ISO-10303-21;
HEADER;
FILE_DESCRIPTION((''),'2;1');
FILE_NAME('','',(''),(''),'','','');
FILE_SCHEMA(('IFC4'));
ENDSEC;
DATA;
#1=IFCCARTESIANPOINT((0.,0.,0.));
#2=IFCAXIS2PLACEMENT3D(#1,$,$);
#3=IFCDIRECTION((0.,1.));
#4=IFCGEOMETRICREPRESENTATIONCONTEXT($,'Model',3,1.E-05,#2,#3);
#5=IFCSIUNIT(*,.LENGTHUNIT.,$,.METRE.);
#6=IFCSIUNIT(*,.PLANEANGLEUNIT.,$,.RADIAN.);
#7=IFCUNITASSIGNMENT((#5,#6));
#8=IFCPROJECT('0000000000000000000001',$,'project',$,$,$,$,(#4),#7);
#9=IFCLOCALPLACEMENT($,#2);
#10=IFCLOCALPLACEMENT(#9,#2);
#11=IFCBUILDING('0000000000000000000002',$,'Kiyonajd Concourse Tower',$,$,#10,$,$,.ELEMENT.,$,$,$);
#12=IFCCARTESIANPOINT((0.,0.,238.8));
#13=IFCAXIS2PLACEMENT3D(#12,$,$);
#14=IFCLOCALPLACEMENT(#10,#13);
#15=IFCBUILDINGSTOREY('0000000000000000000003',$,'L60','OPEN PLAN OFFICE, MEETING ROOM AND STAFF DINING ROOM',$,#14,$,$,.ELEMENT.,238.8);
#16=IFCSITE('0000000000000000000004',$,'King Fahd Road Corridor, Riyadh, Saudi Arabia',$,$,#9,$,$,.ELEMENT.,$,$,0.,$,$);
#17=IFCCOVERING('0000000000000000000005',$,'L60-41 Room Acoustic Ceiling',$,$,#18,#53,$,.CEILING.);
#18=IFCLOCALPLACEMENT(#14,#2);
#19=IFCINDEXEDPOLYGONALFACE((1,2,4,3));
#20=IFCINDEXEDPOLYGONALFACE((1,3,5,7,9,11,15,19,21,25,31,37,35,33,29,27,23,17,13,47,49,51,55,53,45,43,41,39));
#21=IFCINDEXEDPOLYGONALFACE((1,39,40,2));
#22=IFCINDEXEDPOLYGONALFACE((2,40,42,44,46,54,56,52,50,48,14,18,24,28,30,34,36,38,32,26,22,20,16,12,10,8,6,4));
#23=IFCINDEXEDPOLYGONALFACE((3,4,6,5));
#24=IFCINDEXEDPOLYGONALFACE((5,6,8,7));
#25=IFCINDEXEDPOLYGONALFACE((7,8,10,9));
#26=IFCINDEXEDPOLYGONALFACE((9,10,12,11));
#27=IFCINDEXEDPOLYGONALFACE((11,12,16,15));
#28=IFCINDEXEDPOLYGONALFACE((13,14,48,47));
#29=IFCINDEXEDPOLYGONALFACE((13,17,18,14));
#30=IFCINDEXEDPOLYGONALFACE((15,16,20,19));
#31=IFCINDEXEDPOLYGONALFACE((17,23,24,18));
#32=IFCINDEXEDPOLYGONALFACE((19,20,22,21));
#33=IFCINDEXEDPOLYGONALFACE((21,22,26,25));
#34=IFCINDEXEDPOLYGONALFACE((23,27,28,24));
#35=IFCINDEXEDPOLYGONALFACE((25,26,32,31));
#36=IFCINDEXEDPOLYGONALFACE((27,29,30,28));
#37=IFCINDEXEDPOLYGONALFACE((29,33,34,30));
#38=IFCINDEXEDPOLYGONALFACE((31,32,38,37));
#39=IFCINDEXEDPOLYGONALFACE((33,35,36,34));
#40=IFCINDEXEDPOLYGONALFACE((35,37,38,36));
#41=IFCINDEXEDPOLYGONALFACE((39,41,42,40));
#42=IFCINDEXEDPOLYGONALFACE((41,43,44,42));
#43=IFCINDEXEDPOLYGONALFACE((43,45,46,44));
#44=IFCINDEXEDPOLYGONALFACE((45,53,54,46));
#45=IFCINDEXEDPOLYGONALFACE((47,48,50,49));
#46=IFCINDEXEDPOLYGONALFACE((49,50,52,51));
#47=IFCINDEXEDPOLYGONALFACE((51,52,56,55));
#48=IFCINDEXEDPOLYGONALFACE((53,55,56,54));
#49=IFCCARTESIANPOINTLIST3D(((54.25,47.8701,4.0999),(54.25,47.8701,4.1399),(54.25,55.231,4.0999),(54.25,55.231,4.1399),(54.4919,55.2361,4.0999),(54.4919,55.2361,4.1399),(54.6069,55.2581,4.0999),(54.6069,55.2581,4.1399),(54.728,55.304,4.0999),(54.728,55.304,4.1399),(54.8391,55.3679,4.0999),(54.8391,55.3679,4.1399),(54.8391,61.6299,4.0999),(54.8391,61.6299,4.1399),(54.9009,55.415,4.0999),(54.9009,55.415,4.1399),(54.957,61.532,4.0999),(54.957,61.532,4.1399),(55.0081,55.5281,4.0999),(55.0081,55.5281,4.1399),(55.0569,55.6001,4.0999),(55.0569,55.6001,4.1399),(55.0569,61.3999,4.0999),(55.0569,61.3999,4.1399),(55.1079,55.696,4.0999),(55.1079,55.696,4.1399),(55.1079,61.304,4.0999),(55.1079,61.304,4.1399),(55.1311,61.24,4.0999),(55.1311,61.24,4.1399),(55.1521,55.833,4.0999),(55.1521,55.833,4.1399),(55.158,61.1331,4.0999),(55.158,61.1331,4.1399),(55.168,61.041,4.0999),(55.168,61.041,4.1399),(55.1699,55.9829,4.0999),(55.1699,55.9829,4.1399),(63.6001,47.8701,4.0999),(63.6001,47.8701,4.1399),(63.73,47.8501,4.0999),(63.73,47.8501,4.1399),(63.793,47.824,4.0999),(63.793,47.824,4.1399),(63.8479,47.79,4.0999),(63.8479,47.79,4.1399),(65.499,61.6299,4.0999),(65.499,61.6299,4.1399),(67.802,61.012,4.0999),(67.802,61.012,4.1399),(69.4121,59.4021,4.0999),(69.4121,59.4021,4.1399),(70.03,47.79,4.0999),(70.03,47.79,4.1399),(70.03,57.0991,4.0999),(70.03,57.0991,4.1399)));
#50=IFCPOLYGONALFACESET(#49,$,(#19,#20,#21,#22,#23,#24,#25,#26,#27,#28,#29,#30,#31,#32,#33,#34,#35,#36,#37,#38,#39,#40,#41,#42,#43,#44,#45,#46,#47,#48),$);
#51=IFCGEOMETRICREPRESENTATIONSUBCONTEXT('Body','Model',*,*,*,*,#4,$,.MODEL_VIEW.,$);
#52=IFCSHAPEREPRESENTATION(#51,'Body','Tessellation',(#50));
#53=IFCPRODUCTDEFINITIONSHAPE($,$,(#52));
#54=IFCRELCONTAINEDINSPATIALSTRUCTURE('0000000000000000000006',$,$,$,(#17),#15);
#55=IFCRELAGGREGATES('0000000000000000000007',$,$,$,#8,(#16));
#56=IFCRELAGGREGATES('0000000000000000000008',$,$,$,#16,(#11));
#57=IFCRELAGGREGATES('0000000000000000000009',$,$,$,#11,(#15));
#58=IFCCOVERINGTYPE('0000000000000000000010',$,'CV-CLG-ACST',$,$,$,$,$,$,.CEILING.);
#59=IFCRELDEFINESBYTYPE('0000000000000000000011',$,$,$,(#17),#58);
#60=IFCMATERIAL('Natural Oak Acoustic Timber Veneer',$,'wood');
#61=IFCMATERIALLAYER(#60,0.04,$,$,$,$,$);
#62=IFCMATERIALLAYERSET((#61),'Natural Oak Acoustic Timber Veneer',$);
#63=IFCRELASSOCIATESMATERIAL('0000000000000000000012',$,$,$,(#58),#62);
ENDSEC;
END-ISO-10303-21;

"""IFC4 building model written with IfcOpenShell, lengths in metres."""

from ifc_helpers import new_model, si_unit, direction, frame, origin, place, context, subcontext, project, spatial, polyline, outline, extrude, material, layer, layer_set, type_object, element, save


model = new_model("IFC4")

# Units and contexts
model_context = context("Model", 3, precision=1e-05, world=origin(), true_north=direction((0.0, 1.0)))
body_context = subcontext(model_context, "Body", "Model", "MODEL_VIEW")
ifc_project = project(units=[si_unit("LENGTHUNIT", "METRE"), si_unit("PLANEANGLEUNIT", "RADIAN")], contexts=[model_context])

# Site, building, storey
site_placement = place(None, origin())
site = spatial("IfcSite", under=ifc_project, at=site_placement, Name="King Fahd Road Corridor, Riyadh, Saudi Arabia", CompositionType="ELEMENT", RefElevation=0.0)
building_placement = place(site_placement, origin())
building = spatial("IfcBuilding", under=site, at=building_placement, Name="Kiyonajd Concourse Tower", CompositionType="ELEMENT")
storey_placement = place(building_placement, frame((0.0, 0.0, 238.8)))
storey = spatial("IfcBuildingStorey", under=building, at=storey_placement, Name="L60", Description="OPEN PLAN OFFICE, MEETING ROOM AND STAFF DINING ROOM", CompositionType="ELEMENT", Elevation=238.8)

# Shared definitions
ifc_material_1 = material(Name="Natural Oak Acoustic Timber Veneer", Category="wood")

# Covering
ifc_layer_1 = layer(ifc_material_1, 0.04)
ifc_layer_set_1 = layer_set([ifc_layer_1], Name="Natural Oak Acoustic Timber Veneer")
covering_type = type_object("IfcCoveringType", Name="CV-CLG-ACST", PredefinedType="CEILING", material=ifc_layer_set_1)
covering_1_placement = place(storey_placement, frame((0.0, 0.0, 4.0999)))
element("IfcCovering", 1, at=covering_1_placement, inside=storey, type_object=covering_type, Name="L60-41 Room Acoustic Ceiling", PredefinedType="CEILING", context=body_context, shape_type="SweptSolid", body=[
    extrude(outline(polyline([(54.8391, 61.6299), (65.499, 61.6299), (67.802, 61.012), (69.4121, 59.4021), (70.03, 57.0991), (70.03, 47.79), (63.8479, 47.79), (63.793, 47.824), (63.73, 47.8501), (63.6001, 47.8701), (54.25, 47.8701), (54.25, 55.231), (54.4919, 55.2361), (54.6069, 55.2581), (54.728, 55.304), (54.8391, 55.3679), (54.9009, 55.415), (55.0081, 55.5281), (55.0569, 55.6001), (55.1079, 55.696), (55.1521, 55.833), (55.1699, 55.9829), (55.168, 61.041), (55.158, 61.1331), (55.1311, 61.24), (55.1079, 61.304), (55.0569, 61.3999), (54.957, 61.532), (54.8391, 61.6299)])), origin(), (0.0, 0.0, 1.0), 0.04),
])

save(model, "model.ifc")
